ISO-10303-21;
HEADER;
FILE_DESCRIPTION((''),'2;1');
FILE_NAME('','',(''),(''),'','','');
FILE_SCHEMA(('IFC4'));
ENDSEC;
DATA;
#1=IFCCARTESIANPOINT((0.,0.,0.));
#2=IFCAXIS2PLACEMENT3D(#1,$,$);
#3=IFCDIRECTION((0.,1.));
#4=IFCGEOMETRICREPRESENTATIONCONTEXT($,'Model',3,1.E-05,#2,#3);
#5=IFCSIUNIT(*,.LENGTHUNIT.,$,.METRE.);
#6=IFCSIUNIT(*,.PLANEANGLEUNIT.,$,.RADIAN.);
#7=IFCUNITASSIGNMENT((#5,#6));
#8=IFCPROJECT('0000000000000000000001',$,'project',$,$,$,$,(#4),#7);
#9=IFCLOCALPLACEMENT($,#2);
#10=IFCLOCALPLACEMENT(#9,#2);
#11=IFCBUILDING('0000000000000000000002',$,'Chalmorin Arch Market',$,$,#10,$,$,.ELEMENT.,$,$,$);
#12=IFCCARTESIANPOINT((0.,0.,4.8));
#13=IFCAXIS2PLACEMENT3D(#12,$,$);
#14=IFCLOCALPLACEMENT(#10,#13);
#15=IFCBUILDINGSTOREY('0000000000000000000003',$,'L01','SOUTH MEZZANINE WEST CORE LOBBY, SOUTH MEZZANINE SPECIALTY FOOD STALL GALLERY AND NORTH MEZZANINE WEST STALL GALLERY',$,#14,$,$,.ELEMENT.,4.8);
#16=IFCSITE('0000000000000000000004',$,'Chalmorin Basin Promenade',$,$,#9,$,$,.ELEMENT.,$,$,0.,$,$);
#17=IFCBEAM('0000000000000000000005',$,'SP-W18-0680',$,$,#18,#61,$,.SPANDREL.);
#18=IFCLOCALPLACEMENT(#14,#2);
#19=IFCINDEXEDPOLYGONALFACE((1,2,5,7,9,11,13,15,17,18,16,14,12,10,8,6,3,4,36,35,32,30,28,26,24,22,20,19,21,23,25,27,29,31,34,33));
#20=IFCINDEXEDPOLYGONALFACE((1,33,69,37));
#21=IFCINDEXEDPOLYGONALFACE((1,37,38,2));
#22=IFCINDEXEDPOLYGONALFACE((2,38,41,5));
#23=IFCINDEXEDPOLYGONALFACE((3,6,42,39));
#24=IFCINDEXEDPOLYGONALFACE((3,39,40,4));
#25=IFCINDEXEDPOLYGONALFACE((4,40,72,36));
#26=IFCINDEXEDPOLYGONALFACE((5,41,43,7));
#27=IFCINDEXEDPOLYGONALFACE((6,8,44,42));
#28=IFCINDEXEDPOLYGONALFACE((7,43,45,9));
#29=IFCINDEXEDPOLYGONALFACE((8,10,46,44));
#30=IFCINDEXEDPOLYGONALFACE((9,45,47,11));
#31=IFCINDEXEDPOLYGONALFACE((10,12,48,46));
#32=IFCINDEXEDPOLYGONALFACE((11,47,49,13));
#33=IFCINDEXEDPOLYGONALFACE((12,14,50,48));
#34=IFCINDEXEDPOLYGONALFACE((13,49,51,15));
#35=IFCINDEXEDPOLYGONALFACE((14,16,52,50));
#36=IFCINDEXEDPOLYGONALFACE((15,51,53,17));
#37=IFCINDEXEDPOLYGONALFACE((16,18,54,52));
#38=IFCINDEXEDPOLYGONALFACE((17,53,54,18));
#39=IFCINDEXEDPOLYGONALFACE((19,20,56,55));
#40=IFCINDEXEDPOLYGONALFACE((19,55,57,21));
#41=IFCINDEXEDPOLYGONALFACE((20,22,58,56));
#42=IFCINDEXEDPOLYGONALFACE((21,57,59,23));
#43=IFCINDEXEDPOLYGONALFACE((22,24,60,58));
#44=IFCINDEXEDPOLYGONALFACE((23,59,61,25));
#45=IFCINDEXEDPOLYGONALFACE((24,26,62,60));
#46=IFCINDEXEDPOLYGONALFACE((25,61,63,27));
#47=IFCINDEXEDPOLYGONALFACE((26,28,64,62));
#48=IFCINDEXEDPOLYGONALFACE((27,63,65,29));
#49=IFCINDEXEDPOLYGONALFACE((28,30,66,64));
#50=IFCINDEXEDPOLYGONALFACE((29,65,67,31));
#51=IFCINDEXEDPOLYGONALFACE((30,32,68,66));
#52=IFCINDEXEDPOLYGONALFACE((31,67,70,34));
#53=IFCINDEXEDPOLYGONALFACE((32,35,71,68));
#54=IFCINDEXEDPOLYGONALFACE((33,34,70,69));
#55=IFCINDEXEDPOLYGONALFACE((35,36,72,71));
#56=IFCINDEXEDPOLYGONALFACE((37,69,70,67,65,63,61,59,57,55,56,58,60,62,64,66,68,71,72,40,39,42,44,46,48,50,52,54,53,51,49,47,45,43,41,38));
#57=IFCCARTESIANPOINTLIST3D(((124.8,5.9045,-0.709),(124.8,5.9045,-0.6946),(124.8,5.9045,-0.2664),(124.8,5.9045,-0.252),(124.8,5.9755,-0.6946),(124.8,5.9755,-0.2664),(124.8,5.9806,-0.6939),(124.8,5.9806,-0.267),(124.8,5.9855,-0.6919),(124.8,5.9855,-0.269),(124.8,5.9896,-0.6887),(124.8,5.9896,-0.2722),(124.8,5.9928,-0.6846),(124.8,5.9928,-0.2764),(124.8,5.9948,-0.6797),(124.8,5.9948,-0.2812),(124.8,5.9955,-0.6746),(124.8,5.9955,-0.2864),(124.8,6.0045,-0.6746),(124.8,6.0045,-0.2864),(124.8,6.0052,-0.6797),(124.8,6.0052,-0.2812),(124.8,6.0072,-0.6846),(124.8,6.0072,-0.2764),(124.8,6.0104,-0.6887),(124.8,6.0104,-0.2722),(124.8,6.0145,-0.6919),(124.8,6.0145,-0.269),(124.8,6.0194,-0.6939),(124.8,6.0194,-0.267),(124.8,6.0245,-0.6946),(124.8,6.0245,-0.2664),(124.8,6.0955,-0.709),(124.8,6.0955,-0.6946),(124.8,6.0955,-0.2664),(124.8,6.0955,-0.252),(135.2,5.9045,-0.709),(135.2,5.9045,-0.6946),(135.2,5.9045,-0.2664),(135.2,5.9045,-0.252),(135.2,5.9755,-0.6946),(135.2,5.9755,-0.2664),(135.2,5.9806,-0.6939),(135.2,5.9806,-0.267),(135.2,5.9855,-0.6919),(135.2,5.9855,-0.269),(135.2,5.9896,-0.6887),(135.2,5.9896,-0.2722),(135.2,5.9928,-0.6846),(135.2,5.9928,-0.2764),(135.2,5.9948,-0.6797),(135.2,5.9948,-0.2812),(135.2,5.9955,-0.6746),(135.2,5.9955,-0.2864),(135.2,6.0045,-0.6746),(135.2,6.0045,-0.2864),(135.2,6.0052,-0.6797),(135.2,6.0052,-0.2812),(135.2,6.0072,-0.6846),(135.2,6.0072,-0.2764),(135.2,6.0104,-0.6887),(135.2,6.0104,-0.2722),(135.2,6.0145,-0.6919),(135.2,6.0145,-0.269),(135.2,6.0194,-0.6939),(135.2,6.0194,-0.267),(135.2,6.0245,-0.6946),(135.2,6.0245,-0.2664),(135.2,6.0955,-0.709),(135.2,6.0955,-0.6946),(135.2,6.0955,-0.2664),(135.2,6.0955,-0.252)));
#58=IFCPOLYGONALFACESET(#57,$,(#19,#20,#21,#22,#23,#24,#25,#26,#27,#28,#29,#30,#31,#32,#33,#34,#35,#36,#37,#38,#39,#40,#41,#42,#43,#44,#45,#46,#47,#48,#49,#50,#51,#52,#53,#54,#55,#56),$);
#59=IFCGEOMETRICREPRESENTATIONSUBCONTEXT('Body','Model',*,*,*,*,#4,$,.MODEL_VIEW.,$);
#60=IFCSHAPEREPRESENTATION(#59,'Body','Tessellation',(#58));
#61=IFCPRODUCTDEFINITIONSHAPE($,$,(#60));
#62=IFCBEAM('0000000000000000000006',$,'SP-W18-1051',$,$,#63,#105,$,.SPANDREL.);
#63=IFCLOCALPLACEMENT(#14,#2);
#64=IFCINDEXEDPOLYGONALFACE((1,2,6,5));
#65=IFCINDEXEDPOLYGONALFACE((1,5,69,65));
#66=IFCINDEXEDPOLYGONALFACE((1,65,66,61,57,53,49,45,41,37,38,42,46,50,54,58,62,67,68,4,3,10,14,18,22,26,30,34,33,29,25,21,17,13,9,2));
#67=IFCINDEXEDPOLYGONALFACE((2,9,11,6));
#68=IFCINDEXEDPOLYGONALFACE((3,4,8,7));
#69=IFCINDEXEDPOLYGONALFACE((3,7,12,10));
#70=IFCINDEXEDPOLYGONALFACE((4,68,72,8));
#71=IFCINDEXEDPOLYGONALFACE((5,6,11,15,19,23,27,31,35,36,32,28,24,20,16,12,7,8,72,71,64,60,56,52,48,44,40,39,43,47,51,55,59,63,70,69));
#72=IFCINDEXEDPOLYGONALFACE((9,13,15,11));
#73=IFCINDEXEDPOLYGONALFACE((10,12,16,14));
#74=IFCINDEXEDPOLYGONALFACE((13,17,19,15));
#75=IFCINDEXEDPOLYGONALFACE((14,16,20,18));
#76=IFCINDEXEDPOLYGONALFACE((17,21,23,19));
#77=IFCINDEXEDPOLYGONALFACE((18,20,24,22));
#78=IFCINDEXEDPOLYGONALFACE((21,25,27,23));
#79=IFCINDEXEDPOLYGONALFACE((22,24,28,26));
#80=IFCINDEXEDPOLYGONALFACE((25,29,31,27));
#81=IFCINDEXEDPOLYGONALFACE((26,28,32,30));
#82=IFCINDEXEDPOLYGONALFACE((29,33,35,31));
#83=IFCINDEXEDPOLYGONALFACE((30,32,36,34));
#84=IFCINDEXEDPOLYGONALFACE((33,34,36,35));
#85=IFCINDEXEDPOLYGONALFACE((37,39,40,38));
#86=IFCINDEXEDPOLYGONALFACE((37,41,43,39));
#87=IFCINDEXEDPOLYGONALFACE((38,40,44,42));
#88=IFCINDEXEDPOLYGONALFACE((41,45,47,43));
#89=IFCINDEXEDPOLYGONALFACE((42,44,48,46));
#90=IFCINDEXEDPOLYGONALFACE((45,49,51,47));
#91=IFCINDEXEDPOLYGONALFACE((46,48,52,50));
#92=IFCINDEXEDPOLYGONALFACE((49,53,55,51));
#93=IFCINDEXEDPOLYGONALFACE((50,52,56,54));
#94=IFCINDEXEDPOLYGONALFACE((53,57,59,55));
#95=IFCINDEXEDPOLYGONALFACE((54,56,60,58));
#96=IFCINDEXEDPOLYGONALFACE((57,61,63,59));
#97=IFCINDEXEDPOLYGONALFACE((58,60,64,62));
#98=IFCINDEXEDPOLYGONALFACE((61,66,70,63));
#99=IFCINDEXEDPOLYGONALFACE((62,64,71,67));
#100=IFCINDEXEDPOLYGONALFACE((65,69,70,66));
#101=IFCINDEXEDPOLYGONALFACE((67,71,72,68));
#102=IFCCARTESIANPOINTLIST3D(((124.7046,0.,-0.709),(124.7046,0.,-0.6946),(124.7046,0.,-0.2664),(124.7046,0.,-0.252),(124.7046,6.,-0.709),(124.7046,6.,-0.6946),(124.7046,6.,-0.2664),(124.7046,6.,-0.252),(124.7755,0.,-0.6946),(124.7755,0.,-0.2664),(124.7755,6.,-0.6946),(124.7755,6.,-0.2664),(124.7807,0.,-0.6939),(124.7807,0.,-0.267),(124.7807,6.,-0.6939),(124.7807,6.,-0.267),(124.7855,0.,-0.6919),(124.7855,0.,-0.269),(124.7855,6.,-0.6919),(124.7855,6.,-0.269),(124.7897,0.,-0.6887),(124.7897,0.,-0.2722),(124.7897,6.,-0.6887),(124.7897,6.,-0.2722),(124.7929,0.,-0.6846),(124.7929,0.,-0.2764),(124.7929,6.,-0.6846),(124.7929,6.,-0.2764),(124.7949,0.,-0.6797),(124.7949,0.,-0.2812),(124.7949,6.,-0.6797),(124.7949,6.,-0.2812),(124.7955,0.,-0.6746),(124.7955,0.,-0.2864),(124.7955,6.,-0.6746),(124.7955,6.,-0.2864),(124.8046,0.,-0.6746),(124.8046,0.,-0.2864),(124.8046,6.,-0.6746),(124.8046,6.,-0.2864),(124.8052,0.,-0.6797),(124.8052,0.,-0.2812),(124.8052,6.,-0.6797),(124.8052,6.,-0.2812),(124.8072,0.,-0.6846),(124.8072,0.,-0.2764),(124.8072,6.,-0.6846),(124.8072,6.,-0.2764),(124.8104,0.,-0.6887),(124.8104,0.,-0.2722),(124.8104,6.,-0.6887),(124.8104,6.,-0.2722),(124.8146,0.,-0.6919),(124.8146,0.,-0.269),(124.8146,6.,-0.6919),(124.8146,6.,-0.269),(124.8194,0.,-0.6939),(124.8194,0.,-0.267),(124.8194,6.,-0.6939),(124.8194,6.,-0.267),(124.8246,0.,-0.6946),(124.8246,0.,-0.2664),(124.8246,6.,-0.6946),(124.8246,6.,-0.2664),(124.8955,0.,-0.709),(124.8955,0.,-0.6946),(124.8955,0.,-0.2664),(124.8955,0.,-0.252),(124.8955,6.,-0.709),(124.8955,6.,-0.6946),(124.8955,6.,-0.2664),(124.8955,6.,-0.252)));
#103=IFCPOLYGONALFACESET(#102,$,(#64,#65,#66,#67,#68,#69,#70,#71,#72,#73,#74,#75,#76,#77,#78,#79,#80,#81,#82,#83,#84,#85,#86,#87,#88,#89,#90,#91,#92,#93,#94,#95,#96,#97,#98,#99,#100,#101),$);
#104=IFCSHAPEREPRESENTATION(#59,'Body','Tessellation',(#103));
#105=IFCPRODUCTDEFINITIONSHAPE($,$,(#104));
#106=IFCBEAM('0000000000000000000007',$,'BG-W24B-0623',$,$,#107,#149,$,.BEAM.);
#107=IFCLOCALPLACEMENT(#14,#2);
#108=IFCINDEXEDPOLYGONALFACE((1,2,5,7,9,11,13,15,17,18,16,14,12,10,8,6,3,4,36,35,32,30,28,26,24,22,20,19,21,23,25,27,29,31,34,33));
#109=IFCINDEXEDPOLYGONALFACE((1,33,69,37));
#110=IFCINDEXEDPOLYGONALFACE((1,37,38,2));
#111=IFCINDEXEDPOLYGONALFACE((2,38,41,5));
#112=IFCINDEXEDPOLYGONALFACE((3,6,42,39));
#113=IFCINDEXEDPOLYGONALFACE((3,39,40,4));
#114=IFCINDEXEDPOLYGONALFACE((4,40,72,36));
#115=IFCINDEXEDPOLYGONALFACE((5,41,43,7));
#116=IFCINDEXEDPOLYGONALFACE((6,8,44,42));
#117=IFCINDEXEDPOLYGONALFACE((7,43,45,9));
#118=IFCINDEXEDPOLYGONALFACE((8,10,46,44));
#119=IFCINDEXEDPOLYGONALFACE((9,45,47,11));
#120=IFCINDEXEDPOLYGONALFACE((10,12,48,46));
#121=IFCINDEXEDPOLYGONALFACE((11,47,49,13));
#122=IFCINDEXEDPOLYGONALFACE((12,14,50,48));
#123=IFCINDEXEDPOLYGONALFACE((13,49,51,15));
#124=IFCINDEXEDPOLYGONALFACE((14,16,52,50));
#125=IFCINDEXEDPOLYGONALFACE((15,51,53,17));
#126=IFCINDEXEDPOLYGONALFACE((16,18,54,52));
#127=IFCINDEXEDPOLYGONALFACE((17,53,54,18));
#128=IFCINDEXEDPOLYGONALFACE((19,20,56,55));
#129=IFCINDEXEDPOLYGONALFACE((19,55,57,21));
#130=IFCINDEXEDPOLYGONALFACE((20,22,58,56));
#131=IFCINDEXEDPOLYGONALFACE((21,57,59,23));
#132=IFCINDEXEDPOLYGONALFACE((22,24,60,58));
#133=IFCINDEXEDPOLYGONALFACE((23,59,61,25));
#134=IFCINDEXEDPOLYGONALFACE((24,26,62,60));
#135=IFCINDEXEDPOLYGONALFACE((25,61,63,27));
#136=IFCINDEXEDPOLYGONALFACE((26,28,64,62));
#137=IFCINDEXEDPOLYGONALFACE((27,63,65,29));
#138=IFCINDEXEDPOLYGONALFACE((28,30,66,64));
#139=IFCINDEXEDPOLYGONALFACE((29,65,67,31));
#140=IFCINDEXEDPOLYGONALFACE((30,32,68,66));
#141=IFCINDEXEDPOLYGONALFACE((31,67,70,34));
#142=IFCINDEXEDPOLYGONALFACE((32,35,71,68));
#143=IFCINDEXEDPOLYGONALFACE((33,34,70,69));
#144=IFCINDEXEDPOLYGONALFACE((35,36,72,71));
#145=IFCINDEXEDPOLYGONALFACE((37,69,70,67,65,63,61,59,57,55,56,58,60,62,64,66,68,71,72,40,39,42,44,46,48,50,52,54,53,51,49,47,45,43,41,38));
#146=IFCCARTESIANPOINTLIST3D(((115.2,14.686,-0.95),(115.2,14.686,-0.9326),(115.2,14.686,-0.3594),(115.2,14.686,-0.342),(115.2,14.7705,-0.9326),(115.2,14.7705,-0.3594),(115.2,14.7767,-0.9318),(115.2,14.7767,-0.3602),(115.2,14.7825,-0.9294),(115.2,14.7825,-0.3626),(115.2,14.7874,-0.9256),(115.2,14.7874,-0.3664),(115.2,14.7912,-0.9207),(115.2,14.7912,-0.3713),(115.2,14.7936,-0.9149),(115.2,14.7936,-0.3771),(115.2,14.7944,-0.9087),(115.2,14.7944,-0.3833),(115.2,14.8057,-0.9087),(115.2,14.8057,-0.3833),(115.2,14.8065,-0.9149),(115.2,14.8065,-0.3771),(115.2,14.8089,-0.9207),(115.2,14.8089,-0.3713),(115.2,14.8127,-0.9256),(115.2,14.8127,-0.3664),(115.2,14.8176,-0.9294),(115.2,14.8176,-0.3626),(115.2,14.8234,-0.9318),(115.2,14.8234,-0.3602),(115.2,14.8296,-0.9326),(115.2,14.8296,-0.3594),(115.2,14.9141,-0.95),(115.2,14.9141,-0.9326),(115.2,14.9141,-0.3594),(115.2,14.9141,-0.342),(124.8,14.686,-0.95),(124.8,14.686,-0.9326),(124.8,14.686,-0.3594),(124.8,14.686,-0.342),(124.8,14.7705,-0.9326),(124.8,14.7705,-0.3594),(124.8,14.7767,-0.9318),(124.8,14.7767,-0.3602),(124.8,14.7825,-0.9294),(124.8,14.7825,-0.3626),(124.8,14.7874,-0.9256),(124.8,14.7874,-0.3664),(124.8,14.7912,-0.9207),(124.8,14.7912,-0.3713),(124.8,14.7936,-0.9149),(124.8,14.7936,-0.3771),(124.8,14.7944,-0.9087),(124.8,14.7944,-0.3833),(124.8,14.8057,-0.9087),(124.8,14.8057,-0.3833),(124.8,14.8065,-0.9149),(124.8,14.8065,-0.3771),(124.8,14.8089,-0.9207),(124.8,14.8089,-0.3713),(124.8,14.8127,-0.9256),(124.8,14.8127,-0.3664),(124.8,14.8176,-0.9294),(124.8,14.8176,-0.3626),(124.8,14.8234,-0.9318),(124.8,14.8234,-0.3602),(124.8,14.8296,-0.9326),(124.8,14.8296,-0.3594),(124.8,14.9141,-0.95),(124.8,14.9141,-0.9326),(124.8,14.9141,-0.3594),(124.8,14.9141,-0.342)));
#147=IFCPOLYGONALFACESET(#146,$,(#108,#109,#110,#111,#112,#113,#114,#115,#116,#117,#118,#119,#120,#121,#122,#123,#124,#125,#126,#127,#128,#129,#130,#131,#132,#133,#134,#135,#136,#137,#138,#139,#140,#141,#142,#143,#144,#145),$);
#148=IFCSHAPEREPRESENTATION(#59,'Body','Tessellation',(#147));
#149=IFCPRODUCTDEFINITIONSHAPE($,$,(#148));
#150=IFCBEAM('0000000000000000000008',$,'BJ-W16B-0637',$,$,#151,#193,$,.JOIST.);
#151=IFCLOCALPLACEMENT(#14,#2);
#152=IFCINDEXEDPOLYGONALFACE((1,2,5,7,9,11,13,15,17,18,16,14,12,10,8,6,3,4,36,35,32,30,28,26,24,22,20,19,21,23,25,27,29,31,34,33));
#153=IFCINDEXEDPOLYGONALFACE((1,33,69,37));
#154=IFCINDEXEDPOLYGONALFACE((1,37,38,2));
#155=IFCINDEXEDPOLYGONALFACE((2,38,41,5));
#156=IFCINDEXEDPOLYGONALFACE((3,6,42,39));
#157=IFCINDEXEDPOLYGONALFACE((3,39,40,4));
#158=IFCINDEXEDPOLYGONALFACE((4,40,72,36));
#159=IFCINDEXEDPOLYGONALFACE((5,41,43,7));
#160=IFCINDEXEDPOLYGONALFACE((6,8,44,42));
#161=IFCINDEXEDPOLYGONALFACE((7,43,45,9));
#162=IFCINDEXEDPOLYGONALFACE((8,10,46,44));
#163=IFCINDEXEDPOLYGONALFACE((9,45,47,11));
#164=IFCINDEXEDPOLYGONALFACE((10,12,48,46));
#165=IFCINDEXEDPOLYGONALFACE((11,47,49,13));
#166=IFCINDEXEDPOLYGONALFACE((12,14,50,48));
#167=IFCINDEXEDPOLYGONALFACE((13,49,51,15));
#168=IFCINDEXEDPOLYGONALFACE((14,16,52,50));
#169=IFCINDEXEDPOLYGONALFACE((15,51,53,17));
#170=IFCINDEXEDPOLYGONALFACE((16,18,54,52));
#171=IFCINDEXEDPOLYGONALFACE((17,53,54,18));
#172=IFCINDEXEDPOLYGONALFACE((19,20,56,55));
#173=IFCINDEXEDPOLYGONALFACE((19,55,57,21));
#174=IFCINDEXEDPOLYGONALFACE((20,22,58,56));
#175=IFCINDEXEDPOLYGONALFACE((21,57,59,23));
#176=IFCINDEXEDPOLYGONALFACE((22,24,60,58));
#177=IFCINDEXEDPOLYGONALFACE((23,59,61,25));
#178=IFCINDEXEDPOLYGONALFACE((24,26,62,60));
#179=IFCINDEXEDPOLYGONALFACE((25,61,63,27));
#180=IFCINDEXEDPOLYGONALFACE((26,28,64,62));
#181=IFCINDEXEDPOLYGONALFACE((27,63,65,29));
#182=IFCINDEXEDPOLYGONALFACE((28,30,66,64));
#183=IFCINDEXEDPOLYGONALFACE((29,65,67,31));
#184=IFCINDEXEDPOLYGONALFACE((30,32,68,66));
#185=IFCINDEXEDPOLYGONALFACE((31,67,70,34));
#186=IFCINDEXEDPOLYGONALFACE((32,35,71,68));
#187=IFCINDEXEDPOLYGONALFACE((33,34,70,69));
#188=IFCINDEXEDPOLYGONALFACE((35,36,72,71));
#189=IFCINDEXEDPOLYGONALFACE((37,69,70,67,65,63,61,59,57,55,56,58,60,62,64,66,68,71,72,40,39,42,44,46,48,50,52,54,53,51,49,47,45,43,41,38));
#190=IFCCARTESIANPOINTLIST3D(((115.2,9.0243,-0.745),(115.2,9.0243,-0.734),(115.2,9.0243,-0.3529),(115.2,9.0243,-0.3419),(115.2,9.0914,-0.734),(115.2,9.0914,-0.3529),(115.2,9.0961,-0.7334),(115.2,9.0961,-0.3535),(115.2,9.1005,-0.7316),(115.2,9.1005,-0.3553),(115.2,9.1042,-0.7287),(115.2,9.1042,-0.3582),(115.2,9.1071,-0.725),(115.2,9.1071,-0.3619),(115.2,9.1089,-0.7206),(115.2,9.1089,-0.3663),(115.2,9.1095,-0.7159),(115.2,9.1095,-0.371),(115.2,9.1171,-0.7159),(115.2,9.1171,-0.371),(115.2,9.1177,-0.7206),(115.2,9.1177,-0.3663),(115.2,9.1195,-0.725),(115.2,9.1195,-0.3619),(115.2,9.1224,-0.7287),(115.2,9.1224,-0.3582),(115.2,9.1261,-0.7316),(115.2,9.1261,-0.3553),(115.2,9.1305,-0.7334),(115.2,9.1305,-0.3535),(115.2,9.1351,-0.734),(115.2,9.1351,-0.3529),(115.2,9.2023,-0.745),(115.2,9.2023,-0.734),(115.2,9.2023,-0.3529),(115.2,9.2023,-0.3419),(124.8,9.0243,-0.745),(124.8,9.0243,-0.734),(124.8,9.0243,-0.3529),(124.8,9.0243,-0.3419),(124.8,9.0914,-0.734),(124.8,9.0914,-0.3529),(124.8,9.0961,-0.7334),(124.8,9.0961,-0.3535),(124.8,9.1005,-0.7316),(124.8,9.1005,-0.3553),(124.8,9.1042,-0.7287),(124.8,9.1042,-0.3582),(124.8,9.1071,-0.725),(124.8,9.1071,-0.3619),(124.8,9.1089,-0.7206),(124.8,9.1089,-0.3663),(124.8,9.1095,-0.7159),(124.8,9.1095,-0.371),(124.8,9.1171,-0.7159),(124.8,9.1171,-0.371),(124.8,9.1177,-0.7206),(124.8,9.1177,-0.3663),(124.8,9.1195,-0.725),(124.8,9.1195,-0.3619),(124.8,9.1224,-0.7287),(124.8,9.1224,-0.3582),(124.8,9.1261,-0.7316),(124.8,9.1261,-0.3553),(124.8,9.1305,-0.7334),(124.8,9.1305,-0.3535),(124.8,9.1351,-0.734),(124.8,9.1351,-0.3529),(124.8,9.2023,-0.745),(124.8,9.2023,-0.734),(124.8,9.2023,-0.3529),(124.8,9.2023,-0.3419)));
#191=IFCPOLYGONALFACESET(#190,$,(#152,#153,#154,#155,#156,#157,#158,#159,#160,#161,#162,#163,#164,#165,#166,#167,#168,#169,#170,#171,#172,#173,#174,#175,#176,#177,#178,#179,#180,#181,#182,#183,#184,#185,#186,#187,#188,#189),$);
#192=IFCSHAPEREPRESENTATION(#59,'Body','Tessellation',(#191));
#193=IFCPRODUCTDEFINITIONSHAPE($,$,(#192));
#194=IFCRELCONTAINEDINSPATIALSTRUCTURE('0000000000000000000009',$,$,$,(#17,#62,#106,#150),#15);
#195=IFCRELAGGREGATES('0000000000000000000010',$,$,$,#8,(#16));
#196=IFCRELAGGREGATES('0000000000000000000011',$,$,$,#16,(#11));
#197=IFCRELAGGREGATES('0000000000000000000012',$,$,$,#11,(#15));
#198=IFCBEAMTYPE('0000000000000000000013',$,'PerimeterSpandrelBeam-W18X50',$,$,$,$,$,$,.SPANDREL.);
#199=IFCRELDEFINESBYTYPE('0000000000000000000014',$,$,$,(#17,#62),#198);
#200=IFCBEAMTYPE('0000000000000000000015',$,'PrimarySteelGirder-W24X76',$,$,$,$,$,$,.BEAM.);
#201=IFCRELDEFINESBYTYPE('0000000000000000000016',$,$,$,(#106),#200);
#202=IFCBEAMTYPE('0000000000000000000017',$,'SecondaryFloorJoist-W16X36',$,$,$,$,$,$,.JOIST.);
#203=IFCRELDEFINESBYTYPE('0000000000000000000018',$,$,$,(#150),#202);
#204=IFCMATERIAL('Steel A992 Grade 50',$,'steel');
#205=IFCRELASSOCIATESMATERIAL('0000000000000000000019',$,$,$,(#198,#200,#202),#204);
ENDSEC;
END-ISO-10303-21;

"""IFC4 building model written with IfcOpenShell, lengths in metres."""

from ifc_helpers import new_model, si_unit, direction, frame, origin, origin_2d, place, context, subcontext, project, spatial, i_section, extrude, material, material_profile, profile_set, type_object, element, save


model = new_model("IFC4")

# Units and contexts
model_context = context("Model", 3, precision=1e-05, world=origin(), true_north=direction((0.0, 1.0)))
body_context = subcontext(model_context, "Body", "Model", "MODEL_VIEW")
ifc_project = project(units=[si_unit("LENGTHUNIT", "METRE"), si_unit("PLANEANGLEUNIT", "RADIAN")], contexts=[model_context])

# Site, building, storey
site_placement = place(None, origin())
site = spatial("IfcSite", under=ifc_project, at=site_placement, Name="Chalmorin Basin Promenade", CompositionType="ELEMENT", RefElevation=0.0)
building_placement = place(site_placement, origin())
building = spatial("IfcBuilding", under=site, at=building_placement, Name="Chalmorin Arch Market", CompositionType="ELEMENT")
storey_placement = place(building_placement, frame((0.0, 0.0, 4.8)))
storey = spatial("IfcBuildingStorey", under=building, at=storey_placement, Name="L01", Description="SOUTH MEZZANINE WEST CORE LOBBY, SOUTH MEZZANINE SPECIALTY FOOD STALL GALLERY AND NORTH MEZZANINE WEST STALL GALLERY", CompositionType="ELEMENT", Elevation=4.8)

# Beams
ifc_material_1 = material(Name="Steel A992 Grade 50", Category="steel")
ifc_material_profile_1 = material_profile(ifc_material_1, i_section(OverallWidth=0.1909, OverallDepth=0.457, WebThickness=0.009, FlangeThickness=0.0144, FilletRadius=0.02, at=origin_2d()), Name="W18X50")
ifc_profile_set_1 = profile_set([ifc_material_profile_1], Name="Steel A992 Grade 50")
beam_type_1 = type_object("IfcBeamType", Name="PerimeterSpandrelBeam-W18X50", PredefinedType="SPANDREL", material=ifc_profile_set_1)
beam_1_placement = place(storey_placement, frame((124.8, 6.0, -0.4805), z_axis=(1.0, 0.0, 0.0), x_axis=(0.0, 1.0, 0.0)))
element("IfcBeam", 1, at=beam_1_placement, inside=storey, type_object=beam_type_1, Name="SP-W18-0680", PredefinedType="SPANDREL", context=body_context, shape_type="SweptSolid", body=[
    extrude(i_section(OverallWidth=0.1909, OverallDepth=0.457, WebThickness=0.009, FlangeThickness=0.0144, FilletRadius=0.02, at=origin_2d()), origin(), (0.0, 0.0, 1.0), 10.3999),
])
beam_2_placement = place(storey_placement, frame((124.8, 0.0, -0.4805), z_axis=(0.0, 1.0, 0.0), x_axis=(-1.0, 0.0, 0.0)))
element("IfcBeam", 2, at=beam_2_placement, inside=storey, type_object=beam_type_1, Name="SP-W18-1051", PredefinedType="SPANDREL", context=body_context, shape_type="SweptSolid", body=[
    extrude(i_section(OverallWidth=0.1909, OverallDepth=0.457, WebThickness=0.009, FlangeThickness=0.0144, FilletRadius=0.02, at=origin_2d()), origin(), (0.0, 0.0, 1.0), 6.0),
])
ifc_material_profile_2 = material_profile(ifc_material_1, i_section(OverallWidth=0.228, OverallDepth=0.6079, WebThickness=0.0112, FlangeThickness=0.0173, FilletRadius=0.0239, at=origin_2d()), Name="W24X76")
ifc_profile_set_2 = profile_set([ifc_material_profile_2], Name="Steel A992 Grade 50")
beam_type_2 = type_object("IfcBeamType", Name="PrimarySteelGirder-W24X76", PredefinedType="BEAM", material=ifc_profile_set_2)
beam_3_placement = place(storey_placement, frame((115.2, 14.8, -0.646), z_axis=(1.0, 0.0, 0.0), x_axis=(0.0, 1.0, 0.0)))
element("IfcBeam", 3, at=beam_3_placement, inside=storey, type_object=beam_type_2, Name="BG-W24B-0623", PredefinedType="BEAM", context=body_context, shape_type="SweptSolid", body=[
    extrude(i_section(OverallWidth=0.228, OverallDepth=0.6079, WebThickness=0.0112, FlangeThickness=0.0173, FilletRadius=0.0239, at=origin_2d()), origin(), (0.0, 0.0, 1.0), 9.6001),
])
ifc_material_profile_3 = material_profile(ifc_material_1, i_section(OverallWidth=0.178, OverallDepth=0.4031, WebThickness=0.0076, FlangeThickness=0.011, FilletRadius=0.0181, at=origin_2d()), Name="W16X36")
ifc_profile_set_3 = profile_set([ifc_material_profile_3], Name="Steel A992 Grade 50")
beam_type_3 = type_object("IfcBeamType", Name="SecondaryFloorJoist-W16X36", PredefinedType="JOIST", material=ifc_profile_set_3)
for number, where, z_axis, x_axis, name in (
    (4, (115.2, 9.1133, -0.5435), (1.0, 0.0, 0.0), (0.0, 1.0, 0.0), "BJ-W16B-0637"),
):
    element("IfcBeam", number, at=place(storey_placement, frame(where, z_axis=z_axis, x_axis=x_axis)), inside=storey, type_object=beam_type_3, Name=name, PredefinedType="JOIST", context=body_context, shape_type="SweptSolid", body=[
        extrude(i_section(OverallWidth=0.178, OverallDepth=0.4031, WebThickness=0.0076, FlangeThickness=0.011, FilletRadius=0.0181, at=origin_2d()), origin(), (0.0, 0.0, 1.0), 9.6001),
    ])

save(model, "model.ifc")
